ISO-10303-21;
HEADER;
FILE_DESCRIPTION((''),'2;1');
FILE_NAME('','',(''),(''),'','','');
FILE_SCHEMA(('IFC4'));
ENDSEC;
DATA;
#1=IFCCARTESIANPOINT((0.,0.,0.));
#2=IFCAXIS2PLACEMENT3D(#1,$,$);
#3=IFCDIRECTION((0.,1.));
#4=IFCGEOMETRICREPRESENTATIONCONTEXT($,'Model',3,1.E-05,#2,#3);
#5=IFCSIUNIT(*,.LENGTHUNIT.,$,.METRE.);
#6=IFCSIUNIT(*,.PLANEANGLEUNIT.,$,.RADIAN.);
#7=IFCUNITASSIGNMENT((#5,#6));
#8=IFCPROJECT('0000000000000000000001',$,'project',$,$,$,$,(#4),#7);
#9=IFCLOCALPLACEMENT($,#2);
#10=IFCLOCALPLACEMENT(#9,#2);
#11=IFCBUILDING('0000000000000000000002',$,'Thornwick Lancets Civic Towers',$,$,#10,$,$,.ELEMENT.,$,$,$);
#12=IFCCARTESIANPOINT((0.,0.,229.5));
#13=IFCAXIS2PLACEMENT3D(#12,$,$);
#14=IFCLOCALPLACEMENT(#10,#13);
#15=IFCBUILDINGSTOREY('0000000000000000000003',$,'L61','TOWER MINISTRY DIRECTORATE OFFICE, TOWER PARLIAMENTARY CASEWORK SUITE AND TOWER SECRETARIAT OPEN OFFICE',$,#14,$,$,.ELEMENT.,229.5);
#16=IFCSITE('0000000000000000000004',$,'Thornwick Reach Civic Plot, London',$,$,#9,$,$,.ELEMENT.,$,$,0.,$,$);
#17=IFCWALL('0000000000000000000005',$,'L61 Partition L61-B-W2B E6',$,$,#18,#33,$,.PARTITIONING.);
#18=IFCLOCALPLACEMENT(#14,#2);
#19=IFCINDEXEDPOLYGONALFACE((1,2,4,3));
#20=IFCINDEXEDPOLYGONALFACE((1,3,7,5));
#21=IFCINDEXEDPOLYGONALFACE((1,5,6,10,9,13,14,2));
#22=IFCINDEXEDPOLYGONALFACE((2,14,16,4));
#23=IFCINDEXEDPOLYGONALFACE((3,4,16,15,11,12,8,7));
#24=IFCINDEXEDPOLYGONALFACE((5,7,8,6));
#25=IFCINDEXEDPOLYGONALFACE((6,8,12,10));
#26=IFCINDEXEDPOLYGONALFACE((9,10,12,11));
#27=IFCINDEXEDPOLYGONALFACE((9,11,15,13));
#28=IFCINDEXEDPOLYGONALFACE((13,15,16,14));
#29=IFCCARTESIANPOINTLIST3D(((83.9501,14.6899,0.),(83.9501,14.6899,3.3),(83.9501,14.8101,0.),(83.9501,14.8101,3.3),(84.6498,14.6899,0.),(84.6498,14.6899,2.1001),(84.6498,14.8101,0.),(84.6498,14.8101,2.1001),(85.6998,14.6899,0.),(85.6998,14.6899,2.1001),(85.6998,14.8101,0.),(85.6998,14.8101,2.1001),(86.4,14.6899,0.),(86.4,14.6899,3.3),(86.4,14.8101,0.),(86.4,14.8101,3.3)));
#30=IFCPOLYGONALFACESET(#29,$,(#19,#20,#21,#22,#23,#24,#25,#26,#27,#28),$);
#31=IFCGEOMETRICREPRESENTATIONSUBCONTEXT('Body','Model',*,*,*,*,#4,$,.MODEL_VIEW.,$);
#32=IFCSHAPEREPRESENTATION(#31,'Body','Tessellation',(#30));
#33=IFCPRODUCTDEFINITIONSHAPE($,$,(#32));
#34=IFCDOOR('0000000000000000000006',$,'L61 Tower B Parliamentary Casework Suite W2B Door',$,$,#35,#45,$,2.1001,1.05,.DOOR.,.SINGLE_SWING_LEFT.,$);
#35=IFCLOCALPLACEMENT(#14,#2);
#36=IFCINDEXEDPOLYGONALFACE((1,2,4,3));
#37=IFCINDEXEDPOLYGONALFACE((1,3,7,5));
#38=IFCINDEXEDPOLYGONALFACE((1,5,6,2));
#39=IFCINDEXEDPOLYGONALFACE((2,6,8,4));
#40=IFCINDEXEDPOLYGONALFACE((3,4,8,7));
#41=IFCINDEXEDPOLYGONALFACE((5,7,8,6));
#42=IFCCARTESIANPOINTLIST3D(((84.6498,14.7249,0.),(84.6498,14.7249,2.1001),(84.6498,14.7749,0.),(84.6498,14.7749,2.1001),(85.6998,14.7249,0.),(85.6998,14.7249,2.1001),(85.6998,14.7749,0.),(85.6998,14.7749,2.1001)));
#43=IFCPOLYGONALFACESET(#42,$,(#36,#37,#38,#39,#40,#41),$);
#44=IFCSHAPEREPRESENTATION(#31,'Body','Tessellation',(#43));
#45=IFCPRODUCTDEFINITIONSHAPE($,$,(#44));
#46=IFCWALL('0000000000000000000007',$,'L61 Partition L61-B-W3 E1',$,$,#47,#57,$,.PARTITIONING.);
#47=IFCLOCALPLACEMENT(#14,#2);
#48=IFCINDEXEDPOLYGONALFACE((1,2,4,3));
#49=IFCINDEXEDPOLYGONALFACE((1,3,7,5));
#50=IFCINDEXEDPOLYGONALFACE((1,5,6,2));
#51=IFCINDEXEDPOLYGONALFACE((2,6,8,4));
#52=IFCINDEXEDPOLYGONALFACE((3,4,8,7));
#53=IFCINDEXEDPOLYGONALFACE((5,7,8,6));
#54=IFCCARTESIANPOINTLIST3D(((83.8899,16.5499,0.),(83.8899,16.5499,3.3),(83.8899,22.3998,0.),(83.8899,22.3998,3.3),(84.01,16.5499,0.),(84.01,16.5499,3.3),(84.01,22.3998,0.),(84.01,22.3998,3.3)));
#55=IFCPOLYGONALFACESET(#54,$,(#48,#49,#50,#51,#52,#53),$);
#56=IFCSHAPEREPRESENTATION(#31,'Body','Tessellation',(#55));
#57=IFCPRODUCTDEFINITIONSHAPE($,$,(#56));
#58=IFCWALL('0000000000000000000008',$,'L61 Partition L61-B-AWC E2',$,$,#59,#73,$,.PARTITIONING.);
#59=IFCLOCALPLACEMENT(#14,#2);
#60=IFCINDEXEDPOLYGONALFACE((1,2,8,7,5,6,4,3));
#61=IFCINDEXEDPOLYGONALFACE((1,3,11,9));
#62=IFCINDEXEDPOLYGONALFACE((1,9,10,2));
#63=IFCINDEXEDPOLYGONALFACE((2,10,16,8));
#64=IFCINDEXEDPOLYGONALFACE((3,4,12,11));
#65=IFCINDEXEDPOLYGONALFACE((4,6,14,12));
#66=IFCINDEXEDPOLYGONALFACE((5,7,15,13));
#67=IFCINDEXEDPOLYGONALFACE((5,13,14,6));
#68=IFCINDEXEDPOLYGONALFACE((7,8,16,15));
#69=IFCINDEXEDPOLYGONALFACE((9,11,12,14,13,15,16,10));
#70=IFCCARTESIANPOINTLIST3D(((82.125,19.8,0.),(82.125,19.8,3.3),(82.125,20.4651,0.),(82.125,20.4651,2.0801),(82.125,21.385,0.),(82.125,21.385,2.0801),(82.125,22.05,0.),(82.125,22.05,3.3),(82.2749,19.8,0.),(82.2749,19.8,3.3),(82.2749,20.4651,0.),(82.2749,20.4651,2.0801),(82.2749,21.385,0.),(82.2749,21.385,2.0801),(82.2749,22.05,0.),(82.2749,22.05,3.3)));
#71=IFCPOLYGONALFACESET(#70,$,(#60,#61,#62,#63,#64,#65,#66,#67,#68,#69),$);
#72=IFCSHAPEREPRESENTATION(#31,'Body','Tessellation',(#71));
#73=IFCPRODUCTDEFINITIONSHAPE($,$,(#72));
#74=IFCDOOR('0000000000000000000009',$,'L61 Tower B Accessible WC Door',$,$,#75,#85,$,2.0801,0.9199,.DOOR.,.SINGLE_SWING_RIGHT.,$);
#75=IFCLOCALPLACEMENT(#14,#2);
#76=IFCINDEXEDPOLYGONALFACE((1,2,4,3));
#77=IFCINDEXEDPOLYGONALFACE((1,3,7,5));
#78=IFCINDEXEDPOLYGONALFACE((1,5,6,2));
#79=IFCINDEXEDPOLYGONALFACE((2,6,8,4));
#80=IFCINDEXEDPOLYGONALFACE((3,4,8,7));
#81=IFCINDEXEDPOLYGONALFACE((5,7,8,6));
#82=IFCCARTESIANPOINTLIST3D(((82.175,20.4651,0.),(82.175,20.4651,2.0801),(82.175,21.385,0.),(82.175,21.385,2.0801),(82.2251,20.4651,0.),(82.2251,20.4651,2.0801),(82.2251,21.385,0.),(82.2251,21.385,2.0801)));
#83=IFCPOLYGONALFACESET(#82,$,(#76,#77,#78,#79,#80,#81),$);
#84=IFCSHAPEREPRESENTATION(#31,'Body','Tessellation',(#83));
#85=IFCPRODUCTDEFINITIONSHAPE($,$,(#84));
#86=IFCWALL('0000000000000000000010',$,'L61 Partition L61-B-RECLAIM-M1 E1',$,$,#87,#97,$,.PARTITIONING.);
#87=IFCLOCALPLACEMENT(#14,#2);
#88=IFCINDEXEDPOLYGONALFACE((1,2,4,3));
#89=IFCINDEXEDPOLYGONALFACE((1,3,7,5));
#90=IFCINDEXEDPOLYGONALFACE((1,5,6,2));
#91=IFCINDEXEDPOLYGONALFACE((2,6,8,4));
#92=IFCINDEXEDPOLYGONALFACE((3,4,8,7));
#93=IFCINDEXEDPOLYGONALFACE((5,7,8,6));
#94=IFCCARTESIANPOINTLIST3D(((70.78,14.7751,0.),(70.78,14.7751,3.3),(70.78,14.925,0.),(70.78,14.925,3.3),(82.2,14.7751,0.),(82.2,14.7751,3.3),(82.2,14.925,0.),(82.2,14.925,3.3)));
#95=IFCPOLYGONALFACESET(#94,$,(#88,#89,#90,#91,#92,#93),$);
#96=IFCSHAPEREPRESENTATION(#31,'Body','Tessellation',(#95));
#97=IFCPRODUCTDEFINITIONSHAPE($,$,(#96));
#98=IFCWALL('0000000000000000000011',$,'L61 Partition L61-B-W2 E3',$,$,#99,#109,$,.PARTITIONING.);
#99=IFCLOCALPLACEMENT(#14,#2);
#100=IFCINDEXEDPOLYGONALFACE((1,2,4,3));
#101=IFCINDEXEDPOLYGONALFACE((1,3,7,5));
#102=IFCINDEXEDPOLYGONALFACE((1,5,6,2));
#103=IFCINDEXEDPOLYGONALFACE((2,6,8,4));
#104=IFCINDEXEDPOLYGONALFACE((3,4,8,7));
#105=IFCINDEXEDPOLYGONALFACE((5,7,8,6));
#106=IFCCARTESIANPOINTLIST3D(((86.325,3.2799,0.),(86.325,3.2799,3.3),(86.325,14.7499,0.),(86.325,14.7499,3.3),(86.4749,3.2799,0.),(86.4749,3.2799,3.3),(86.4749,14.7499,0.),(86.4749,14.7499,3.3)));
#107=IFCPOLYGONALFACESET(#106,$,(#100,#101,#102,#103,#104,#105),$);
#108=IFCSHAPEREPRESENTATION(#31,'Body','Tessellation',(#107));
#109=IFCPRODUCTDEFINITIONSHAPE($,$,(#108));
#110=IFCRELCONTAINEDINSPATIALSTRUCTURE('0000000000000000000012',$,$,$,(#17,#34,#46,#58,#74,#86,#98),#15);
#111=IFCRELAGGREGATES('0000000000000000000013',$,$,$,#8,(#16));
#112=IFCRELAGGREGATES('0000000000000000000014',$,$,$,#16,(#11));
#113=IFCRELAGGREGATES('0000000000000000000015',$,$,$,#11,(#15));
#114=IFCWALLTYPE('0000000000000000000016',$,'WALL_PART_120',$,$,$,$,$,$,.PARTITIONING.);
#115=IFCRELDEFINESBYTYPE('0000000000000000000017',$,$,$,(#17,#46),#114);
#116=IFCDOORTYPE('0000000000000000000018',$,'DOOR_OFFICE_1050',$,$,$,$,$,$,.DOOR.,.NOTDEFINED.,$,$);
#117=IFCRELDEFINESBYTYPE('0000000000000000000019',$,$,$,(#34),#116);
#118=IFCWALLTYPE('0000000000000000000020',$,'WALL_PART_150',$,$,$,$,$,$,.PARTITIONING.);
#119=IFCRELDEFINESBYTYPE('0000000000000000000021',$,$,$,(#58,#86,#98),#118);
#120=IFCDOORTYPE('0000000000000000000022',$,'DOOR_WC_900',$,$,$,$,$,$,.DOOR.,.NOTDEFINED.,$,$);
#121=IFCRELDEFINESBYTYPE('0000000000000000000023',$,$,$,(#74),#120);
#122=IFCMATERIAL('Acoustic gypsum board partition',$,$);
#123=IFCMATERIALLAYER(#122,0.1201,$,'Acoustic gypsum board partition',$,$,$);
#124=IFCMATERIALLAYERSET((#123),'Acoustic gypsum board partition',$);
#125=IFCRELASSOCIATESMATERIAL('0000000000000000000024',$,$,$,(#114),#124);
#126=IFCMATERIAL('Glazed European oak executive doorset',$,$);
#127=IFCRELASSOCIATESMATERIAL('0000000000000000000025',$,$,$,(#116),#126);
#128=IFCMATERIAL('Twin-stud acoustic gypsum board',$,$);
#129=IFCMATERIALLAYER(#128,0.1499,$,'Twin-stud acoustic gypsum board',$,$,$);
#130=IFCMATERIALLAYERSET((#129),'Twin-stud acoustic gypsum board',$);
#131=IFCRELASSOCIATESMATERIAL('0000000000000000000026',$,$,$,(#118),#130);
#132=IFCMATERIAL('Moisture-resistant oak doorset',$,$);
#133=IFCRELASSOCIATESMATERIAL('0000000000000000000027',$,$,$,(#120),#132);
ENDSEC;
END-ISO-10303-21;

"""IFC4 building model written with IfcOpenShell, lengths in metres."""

from ifc_helpers import new_model, si_unit, direction, frame, frame_2d, origin, place, context, subcontext, project, spatial, rectangle, extrude, material, layer, layer_set, type_object, element, fill, save


model = new_model("IFC4")

# Units and contexts
model_context = context("Model", 3, precision=1e-05, world=origin(), true_north=direction((0.0, 1.0)))
body_context = subcontext(model_context, "Body", "Model", "MODEL_VIEW")
ifc_project = project(units=[si_unit("LENGTHUNIT", "METRE"), si_unit("PLANEANGLEUNIT", "RADIAN")], contexts=[model_context])

# Site, building, storey
site_placement = place(None, origin())
site = spatial("IfcSite", under=ifc_project, at=site_placement, Name="Thornwick Reach Civic Plot, London", CompositionType="ELEMENT", RefElevation=0.0)
building_placement = place(site_placement, origin())
building = spatial("IfcBuilding", under=site, at=building_placement, Name="Thornwick Lancets Civic Towers", CompositionType="ELEMENT")
storey_placement = place(building_placement, frame((0.0, 0.0, 229.5)))
storey = spatial("IfcBuildingStorey", under=building, at=storey_placement, Name="L61", Description="TOWER MINISTRY DIRECTORATE OFFICE, TOWER PARLIAMENTARY CASEWORK SUITE AND TOWER SECRETARIAT OPEN OFFICE", CompositionType="ELEMENT", Elevation=229.5)

# Shared definitions
ifc_material_1 = material(Name="Acoustic gypsum board partition")
ifc_layer_1 = layer(ifc_material_1, 0.1201, Name="Acoustic gypsum board partition")
ifc_layer_set_1 = layer_set([ifc_layer_1], Name="Acoustic gypsum board partition")
wall_type_1 = type_object("IfcWallType", Name="WALL_PART_120", PredefinedType="PARTITIONING", material=ifc_layer_set_1)

# Wall, opening, door
wall_1_placement = place(storey_placement, frame((83.95, 14.75, 0.0), z_axis=(0.0, 0.0, 1.0), x_axis=(1.0, 0.0, 0.0)))
wall_1 = element("IfcWall", 1, at=wall_1_placement, inside=storey, type_object=wall_type_1, Name="L61 Partition L61-B-W2B E6", PredefinedType="PARTITIONING", context=body_context, shape_type="SweptSolid", body=[
    extrude(rectangle(XDim=2.45, YDim=0.1201, at=frame_2d((1.2251, 0.0))), origin(), (0.0, 0.0, 1.0), 3.3),
])
opening_1_placement = place(wall_1_placement, frame((0.7, 0.0, 0.0)))
opening_1 = element("IfcOpeningElement", 2, at=opening_1_placement, cuts=wall_1, PredefinedType="OPENING", context=body_context, shape_type="SweptSolid", body=[
    extrude(rectangle(XDim=1.05, YDim=2.1001, at=frame_2d((0.5249, 1.05))), frame((0.0, 0.0701, 0.0), z_axis=(0.0, -1.0, 0.0), x_axis=(1.0, 0.0, 0.0)), (0.0, 0.0, 1.0), 0.1401),
])
ifc_material_2 = material(Name="Glazed European oak executive doorset")
door_type_1 = type_object("IfcDoorType", Name="DOOR_OFFICE_1050", OperationType="NOTDEFINED", PredefinedType="DOOR", material=ifc_material_2)
door_1_placement = place(opening_1_placement, origin())
door_1 = element("IfcDoor", 3, at=door_1_placement, inside=storey, type_object=door_type_1, Name="L61 Tower B Parliamentary Casework Suite W2B Door", OperationType="SINGLE_SWING_LEFT", OverallHeight=2.1001, OverallWidth=1.05, PredefinedType="DOOR", context=body_context, shape_type="SweptSolid", body=[
    extrude(rectangle(XDim=1.05, YDim=2.1001, at=frame_2d((0.5249, 1.05))), frame((0.0, 0.0249, 0.0), z_axis=(0.0, -1.0, 0.0), x_axis=(1.0, 0.0, 0.0)), (0.0, 0.0, 1.0), 0.05),
])
fill(opening_1, door_1)

# Wall
wall_2_placement = place(storey_placement, frame((83.95, 16.55, 0.0), z_axis=(0.0, 0.0, 1.0), x_axis=(0.0, 1.0, 0.0)))
element("IfcWall", 4, at=wall_2_placement, inside=storey, type_object=wall_type_1, Name="L61 Partition L61-B-W3 E1", PredefinedType="PARTITIONING", context=body_context, shape_type="SweptSolid", body=[
    extrude(rectangle(XDim=5.8499, YDim=0.1201, at=frame_2d((2.9248, 0.0))), origin(), (0.0, 0.0, 1.0), 3.3),
])

# Wall, opening, door
ifc_material_3 = material(Name="Twin-stud acoustic gypsum board")
ifc_layer_2 = layer(ifc_material_3, 0.1499, Name="Twin-stud acoustic gypsum board")
ifc_layer_set_2 = layer_set([ifc_layer_2], Name="Twin-stud acoustic gypsum board")
wall_type_2 = type_object("IfcWallType", Name="WALL_PART_150", PredefinedType="PARTITIONING", material=ifc_layer_set_2)
wall_3_placement = place(storey_placement, frame((82.2, 19.8, 0.0), z_axis=(0.0, 0.0, 1.0), x_axis=(0.0, 1.0, 0.0)))
wall_3 = element("IfcWall", 5, at=wall_3_placement, inside=storey, type_object=wall_type_2, Name="L61 Partition L61-B-AWC E2", PredefinedType="PARTITIONING", context=body_context, shape_type="SweptSolid", body=[
    extrude(rectangle(XDim=2.25, YDim=0.1499, at=frame_2d((1.125, 0.0))), origin(), (0.0, 0.0, 1.0), 3.3),
])
opening_2_placement = place(wall_3_placement, frame((0.665, 0.0, 0.0)))
opening_2 = element("IfcOpeningElement", 6, at=opening_2_placement, cuts=wall_3, PredefinedType="OPENING", context=body_context, shape_type="SweptSolid", body=[
    extrude(rectangle(XDim=0.9199, YDim=2.0801, at=frame_2d((0.46, 1.04))), frame((0.0, 0.085, 0.0), z_axis=(0.0, -1.0, 0.0), x_axis=(1.0, 0.0, 0.0)), (0.0, 0.0, 1.0), 0.1699),
])
ifc_material_4 = material(Name="Moisture-resistant oak doorset")
door_type_2 = type_object("IfcDoorType", Name="DOOR_WC_900", OperationType="NOTDEFINED", PredefinedType="DOOR", material=ifc_material_4)
door_2_placement = place(opening_2_placement, origin())
door_2 = element("IfcDoor", 7, at=door_2_placement, inside=storey, type_object=door_type_2, Name="L61 Tower B Accessible WC Door", OperationType="SINGLE_SWING_RIGHT", OverallHeight=2.0801, OverallWidth=0.9199, PredefinedType="DOOR", context=body_context, shape_type="SweptSolid", body=[
    extrude(rectangle(XDim=0.9199, YDim=2.0801, at=frame_2d((0.46, 1.04))), frame((0.0, 0.0249, 0.0), z_axis=(0.0, -1.0, 0.0), x_axis=(1.0, 0.0, 0.0)), (0.0, 0.0, 1.0), 0.05),
])
fill(opening_2, door_2)

# Wall
wall_4_placement = place(storey_placement, frame((82.2, 14.8501, 0.0), z_axis=(0.0, 0.0, 1.0), x_axis=(-1.0, 0.0, 0.0)))
element("IfcWall", 8, at=wall_4_placement, inside=storey, type_object=wall_type_2, Name="L61 Partition L61-B-RECLAIM-M1 E1", PredefinedType="PARTITIONING", context=body_context, shape_type="SweptSolid", body=[
    extrude(rectangle(XDim=11.4199, YDim=0.1499, at=frame_2d((5.71, 0.0))), origin(), (0.0, 0.0, 1.0), 3.3),
])

# Wall
wall_5_placement = place(storey_placement, frame((86.3999, 3.28, 0.0), z_axis=(0.0, 0.0, 1.0), x_axis=(0.0, 1.0, 0.0)))
element("IfcWall", 9, at=wall_5_placement, inside=storey, type_object=wall_type_2, Name="L61 Partition L61-B-W2 E3", PredefinedType="PARTITIONING", context=body_context, shape_type="SweptSolid", body=[
    extrude(rectangle(XDim=11.47, YDim=0.1499, at=frame_2d((5.7349, 0.0))), origin(), (0.0, 0.0, 1.0), 3.3),
])

save(model, "model.ifc")
